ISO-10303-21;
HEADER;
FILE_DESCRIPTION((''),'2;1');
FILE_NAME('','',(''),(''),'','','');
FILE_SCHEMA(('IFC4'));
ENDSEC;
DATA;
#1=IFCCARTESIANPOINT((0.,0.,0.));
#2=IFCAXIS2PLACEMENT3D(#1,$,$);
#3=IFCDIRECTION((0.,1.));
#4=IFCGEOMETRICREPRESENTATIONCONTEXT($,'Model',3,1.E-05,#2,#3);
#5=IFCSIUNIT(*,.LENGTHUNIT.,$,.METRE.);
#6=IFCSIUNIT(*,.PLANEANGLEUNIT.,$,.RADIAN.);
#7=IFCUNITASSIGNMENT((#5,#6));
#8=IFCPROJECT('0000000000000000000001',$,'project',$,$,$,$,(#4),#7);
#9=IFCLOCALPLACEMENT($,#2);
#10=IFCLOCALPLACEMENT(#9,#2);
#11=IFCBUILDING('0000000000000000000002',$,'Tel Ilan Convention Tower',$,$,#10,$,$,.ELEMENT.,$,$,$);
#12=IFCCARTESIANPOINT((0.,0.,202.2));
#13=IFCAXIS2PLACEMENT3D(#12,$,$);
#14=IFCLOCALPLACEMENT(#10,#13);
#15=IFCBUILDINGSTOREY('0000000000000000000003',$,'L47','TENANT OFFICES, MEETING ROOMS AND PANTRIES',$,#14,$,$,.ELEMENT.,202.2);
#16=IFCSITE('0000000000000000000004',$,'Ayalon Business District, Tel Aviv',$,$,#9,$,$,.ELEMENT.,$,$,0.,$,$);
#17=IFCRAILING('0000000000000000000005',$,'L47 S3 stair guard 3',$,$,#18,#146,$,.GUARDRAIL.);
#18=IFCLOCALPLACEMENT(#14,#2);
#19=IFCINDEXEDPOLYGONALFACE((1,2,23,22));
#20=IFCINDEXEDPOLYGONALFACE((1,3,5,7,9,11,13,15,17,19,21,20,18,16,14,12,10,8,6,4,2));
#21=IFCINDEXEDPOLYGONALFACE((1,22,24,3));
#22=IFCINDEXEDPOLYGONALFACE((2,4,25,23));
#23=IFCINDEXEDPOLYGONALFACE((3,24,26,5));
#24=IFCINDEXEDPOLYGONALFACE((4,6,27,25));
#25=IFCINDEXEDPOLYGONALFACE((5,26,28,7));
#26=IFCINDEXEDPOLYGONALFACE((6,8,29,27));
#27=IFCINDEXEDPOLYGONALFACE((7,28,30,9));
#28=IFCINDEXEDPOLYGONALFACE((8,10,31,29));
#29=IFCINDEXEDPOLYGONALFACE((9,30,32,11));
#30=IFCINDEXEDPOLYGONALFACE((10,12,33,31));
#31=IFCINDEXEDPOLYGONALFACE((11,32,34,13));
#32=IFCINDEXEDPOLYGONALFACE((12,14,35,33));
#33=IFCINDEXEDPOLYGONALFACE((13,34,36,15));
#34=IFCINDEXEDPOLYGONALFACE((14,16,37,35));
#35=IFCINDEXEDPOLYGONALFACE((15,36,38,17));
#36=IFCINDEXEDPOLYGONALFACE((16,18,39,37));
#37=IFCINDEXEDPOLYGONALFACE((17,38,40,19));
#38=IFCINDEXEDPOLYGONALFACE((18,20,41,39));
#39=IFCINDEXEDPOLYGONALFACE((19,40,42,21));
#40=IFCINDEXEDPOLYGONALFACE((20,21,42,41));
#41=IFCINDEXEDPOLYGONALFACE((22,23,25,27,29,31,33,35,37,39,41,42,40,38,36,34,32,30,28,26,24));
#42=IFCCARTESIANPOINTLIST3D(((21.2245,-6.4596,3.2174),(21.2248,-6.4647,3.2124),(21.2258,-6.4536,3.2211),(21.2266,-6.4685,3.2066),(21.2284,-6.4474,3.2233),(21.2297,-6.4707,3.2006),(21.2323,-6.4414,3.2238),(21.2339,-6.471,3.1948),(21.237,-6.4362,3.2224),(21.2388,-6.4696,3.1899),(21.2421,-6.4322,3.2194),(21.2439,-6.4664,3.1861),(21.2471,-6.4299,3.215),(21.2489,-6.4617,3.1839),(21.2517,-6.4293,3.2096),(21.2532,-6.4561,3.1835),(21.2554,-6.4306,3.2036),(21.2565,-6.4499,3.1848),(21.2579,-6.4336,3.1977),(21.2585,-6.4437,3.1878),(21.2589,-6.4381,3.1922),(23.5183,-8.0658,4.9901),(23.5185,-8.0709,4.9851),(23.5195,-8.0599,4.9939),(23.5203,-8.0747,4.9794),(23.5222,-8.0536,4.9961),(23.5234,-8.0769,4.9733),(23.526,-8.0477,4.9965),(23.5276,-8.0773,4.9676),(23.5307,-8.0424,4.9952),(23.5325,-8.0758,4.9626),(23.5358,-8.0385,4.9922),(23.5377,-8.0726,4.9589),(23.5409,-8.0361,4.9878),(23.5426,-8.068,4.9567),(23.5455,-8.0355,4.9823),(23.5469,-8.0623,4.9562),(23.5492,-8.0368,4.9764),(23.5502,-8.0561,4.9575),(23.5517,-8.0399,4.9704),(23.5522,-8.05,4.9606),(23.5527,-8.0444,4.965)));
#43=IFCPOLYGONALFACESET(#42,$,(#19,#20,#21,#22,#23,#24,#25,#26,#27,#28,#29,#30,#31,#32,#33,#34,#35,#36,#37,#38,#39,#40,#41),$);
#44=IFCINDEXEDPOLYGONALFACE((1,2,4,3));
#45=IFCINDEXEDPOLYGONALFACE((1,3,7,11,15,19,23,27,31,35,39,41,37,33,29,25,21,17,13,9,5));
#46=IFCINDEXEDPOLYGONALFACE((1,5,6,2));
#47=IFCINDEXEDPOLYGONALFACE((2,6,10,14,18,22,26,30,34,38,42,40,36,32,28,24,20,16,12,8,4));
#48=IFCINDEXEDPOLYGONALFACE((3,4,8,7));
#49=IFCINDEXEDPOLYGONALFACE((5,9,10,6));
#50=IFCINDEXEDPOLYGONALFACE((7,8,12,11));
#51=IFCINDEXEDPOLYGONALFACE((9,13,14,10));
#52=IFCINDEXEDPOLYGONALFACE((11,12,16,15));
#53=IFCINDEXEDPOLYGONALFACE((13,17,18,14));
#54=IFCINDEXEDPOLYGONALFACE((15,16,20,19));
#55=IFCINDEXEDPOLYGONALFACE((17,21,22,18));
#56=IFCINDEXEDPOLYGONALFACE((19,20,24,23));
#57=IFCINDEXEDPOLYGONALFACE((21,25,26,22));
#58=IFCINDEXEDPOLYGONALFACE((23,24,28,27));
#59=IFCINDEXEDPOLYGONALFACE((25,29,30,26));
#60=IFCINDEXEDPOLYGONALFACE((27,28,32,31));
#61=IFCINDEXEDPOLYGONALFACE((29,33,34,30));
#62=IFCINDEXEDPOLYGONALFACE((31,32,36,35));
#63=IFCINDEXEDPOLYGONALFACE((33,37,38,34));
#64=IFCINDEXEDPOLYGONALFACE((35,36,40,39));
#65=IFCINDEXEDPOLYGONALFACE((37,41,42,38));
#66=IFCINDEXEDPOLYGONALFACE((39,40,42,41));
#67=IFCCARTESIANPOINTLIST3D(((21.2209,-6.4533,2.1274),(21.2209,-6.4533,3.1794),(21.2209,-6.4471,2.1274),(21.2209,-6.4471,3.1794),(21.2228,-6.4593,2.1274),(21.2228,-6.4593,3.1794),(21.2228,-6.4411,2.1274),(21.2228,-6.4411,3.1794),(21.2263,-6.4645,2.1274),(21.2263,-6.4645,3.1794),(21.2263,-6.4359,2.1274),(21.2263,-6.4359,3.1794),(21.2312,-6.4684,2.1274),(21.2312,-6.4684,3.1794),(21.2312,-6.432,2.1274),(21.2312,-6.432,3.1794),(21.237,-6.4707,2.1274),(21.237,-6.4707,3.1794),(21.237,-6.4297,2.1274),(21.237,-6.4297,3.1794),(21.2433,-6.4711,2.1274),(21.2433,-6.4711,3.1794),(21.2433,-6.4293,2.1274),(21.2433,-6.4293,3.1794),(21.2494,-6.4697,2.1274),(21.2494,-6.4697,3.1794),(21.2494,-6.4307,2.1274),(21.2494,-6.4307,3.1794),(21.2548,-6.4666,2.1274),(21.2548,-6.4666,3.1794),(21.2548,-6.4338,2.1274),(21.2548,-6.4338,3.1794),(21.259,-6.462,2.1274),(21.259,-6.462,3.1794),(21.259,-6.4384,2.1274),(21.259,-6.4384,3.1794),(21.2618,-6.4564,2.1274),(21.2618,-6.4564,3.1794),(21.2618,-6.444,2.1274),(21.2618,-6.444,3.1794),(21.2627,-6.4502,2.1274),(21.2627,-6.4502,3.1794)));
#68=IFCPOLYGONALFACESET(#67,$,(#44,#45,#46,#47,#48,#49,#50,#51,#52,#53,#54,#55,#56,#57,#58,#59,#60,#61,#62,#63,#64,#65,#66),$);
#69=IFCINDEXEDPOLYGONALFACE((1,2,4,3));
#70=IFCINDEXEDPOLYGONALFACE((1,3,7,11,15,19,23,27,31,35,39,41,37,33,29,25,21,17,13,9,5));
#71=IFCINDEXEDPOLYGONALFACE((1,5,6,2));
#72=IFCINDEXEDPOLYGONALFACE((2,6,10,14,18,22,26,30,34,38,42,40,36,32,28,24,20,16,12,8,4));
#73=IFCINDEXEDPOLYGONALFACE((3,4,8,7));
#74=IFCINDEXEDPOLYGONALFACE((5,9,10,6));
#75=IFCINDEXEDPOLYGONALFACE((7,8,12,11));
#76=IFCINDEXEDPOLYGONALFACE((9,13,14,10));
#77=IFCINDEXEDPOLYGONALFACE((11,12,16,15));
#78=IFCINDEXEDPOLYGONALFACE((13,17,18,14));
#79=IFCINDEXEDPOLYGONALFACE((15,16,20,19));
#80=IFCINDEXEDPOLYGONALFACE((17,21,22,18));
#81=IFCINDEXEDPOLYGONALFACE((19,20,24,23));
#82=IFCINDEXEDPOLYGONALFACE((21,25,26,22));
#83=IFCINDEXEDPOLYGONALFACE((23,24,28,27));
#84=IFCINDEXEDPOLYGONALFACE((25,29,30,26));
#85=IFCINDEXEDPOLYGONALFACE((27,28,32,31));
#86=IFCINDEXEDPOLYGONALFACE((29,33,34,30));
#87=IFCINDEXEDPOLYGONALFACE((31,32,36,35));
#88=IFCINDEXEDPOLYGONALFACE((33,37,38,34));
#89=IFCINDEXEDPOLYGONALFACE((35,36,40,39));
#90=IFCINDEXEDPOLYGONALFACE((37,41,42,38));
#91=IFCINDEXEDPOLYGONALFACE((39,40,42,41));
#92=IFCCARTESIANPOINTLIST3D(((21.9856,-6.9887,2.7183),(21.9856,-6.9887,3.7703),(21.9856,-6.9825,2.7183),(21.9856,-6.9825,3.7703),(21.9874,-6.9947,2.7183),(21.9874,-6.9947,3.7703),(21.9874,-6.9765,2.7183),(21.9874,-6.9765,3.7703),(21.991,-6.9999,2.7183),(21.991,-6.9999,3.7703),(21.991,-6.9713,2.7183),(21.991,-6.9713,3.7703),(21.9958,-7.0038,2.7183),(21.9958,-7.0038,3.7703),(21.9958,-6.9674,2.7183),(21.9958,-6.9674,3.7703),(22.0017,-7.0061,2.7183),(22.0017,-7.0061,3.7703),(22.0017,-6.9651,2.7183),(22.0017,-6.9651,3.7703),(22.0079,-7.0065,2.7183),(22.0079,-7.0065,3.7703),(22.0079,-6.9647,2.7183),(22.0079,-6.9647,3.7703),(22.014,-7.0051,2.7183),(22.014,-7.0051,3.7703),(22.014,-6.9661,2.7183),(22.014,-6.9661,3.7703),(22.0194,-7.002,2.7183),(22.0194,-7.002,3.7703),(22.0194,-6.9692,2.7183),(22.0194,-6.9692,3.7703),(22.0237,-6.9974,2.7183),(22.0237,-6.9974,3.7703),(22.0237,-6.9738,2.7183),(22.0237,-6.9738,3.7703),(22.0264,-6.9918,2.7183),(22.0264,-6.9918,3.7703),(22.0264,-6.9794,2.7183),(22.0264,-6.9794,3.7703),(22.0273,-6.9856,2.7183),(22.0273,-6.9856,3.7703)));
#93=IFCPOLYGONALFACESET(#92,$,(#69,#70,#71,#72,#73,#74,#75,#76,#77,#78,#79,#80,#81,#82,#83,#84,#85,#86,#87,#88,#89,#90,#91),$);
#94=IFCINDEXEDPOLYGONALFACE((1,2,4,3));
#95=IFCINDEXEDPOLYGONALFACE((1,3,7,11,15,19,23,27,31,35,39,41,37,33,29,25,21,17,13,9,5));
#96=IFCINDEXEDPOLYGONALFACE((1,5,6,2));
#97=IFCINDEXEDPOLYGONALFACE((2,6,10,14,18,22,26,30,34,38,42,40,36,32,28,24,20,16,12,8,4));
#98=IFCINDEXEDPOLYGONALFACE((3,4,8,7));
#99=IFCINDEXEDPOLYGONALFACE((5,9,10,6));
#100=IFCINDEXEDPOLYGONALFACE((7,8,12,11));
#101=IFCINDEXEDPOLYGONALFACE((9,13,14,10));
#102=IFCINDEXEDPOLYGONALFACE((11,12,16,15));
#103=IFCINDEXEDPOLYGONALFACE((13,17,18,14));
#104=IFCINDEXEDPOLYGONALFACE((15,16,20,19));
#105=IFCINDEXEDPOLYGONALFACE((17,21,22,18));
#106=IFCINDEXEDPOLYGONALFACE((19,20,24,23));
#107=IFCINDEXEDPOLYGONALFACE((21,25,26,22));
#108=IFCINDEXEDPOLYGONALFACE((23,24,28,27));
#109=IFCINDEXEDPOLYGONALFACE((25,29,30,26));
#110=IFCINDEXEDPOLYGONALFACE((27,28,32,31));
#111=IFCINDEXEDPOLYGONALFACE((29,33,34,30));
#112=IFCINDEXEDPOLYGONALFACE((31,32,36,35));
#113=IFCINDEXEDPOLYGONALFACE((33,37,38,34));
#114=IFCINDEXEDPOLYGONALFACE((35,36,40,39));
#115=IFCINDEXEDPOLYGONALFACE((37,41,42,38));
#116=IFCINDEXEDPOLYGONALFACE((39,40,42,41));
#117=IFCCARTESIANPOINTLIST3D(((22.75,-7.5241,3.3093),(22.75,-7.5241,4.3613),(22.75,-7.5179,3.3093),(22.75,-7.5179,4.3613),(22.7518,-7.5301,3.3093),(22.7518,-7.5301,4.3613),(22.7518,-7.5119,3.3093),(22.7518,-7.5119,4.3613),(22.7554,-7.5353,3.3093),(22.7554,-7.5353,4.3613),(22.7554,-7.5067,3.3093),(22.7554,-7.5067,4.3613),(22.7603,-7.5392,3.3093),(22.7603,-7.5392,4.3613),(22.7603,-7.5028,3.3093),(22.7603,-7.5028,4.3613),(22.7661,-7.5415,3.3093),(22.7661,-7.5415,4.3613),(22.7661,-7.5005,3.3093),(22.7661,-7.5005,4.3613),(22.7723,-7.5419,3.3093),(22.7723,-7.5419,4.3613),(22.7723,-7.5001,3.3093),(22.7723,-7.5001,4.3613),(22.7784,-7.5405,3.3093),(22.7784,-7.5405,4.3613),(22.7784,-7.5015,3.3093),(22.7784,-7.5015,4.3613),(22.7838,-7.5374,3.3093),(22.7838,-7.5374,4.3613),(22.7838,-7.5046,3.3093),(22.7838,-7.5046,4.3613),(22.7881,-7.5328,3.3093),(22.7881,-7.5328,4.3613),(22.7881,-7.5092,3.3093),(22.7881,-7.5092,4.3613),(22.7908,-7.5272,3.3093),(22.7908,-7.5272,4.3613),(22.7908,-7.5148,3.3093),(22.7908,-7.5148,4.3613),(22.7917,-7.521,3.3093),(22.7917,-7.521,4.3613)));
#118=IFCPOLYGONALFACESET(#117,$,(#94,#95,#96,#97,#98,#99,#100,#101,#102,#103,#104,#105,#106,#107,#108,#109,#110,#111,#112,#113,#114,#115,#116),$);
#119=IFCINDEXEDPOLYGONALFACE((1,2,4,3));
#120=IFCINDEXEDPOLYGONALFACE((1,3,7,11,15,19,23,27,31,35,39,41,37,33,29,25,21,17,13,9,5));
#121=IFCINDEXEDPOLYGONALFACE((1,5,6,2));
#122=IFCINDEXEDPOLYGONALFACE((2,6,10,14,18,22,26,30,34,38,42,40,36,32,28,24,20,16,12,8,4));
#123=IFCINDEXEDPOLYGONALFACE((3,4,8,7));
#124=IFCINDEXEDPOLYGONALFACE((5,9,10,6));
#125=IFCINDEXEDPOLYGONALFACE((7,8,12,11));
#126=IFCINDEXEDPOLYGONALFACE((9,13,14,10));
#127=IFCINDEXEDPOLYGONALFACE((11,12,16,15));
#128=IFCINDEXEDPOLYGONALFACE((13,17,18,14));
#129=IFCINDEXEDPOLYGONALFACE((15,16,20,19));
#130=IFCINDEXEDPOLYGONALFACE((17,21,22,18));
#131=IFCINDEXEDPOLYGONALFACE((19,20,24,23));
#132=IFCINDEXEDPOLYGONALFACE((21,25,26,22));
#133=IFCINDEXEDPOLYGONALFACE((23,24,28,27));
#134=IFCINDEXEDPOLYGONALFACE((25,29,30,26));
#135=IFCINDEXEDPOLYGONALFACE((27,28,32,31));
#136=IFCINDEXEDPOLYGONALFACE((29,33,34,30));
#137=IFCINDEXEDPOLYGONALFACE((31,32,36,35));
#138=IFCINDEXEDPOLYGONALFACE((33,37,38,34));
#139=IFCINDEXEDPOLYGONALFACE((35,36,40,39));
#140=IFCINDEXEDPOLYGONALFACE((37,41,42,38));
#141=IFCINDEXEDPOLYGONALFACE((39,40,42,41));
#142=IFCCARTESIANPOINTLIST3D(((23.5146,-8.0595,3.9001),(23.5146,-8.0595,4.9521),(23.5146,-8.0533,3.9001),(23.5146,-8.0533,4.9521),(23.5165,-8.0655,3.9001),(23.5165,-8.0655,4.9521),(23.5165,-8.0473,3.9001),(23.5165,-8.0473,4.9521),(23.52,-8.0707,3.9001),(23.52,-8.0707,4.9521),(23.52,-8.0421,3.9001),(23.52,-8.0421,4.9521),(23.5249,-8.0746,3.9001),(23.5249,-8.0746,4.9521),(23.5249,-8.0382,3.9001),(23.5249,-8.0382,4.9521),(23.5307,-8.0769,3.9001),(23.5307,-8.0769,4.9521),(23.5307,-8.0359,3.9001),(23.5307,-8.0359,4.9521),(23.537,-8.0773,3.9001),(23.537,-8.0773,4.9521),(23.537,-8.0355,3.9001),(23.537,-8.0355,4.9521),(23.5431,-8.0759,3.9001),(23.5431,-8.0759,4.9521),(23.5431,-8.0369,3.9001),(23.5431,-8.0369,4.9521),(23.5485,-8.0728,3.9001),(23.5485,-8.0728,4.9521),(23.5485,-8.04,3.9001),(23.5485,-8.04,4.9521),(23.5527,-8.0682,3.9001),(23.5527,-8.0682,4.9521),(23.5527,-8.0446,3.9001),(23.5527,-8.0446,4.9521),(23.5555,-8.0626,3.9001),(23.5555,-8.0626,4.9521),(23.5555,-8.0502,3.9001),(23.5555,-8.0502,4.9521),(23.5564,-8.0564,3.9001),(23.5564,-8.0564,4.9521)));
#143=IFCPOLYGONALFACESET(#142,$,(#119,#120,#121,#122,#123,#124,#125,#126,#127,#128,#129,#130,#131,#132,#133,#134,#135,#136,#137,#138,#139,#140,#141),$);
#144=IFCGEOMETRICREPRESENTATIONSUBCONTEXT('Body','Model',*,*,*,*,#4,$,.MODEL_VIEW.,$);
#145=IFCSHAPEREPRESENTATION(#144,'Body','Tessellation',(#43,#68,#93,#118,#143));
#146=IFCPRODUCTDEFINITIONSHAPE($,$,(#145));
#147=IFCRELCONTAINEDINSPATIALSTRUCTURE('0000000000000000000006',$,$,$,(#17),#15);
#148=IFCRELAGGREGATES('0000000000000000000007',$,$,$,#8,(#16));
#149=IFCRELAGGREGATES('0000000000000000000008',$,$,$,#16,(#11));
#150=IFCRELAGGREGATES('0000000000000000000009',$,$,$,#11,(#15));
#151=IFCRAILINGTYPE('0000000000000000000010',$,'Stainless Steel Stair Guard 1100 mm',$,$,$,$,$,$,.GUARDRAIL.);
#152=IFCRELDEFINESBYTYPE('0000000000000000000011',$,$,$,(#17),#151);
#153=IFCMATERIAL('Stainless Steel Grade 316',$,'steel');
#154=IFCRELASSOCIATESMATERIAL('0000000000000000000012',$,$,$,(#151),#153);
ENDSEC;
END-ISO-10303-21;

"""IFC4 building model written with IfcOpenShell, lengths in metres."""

from ifc_helpers import new_model, si_unit, direction, frame, origin, origin_2d, place, context, subcontext, project, spatial, circle, extrude, material, type_object, element, save


model = new_model("IFC4")

# Units and contexts
model_context = context("Model", 3, precision=1e-05, world=origin(), true_north=direction((0.0, 1.0)))
body_context = subcontext(model_context, "Body", "Model", "MODEL_VIEW")
ifc_project = project(units=[si_unit("LENGTHUNIT", "METRE"), si_unit("PLANEANGLEUNIT", "RADIAN")], contexts=[model_context])

# Site, building, storey
site_placement = place(None, origin())
site = spatial("IfcSite", under=ifc_project, at=site_placement, Name="Ayalon Business District, Tel Aviv", CompositionType="ELEMENT", RefElevation=0.0)
building_placement = place(site_placement, origin())
building = spatial("IfcBuilding", under=site, at=building_placement, Name="Tel Ilan Convention Tower", CompositionType="ELEMENT")
storey_placement = place(building_placement, frame((0.0, 0.0, 202.2)))
storey = spatial("IfcBuildingStorey", under=building, at=storey_placement, Name="L47", Description="TENANT OFFICES, MEETING ROOMS AND PANTRIES", CompositionType="ELEMENT", Elevation=202.2)

# Railing
ifc_material_1 = material(Name="Stainless Steel Grade 316", Category="steel")
railing_type_1 = type_object("IfcRailingType", Name="Stainless Steel Stair Guard 1100 mm", PredefinedType="GUARDRAIL", material=ifc_material_1)
railing_1_placement = place(storey_placement, frame((21.2417, -6.4502, 2.1274)))
element("IfcRailing", 1, at=railing_1_placement, inside=storey, type_object=railing_type_1, Name="L47 S3 stair guard 3", PredefinedType="GUARDRAIL", context=body_context, shape_type="SweptSolid", body=[
    extrude(circle(Radius=0.0239, at=origin_2d()), frame((0.0, 0.0, 1.0762), z_axis=(0.692098, -0.484653, 0.534894), x_axis=(0.573609, 0.81913, 0.0)), (0.0, 0.0, 1.0), 3.3142),
    extrude(circle(Radius=0.021, at=origin_2d()), origin(), (0.0, 0.0, 1.0), 1.052),
    extrude(circle(Radius=0.021, at=origin_2d()), frame((0.7646, -0.5354, 0.5908)), (0.0, 0.0, 1.0), 1.052),
    extrude(circle(Radius=0.021, at=origin_2d()), frame((1.5291, -1.0708, 1.1819)), (0.0, 0.0, 1.0), 1.052),
    extrude(circle(Radius=0.021, at=origin_2d()), frame((2.2937, -1.6062, 1.7727)), (0.0, 0.0, 1.0), 1.052),
])

save(model, "model.ifc")
